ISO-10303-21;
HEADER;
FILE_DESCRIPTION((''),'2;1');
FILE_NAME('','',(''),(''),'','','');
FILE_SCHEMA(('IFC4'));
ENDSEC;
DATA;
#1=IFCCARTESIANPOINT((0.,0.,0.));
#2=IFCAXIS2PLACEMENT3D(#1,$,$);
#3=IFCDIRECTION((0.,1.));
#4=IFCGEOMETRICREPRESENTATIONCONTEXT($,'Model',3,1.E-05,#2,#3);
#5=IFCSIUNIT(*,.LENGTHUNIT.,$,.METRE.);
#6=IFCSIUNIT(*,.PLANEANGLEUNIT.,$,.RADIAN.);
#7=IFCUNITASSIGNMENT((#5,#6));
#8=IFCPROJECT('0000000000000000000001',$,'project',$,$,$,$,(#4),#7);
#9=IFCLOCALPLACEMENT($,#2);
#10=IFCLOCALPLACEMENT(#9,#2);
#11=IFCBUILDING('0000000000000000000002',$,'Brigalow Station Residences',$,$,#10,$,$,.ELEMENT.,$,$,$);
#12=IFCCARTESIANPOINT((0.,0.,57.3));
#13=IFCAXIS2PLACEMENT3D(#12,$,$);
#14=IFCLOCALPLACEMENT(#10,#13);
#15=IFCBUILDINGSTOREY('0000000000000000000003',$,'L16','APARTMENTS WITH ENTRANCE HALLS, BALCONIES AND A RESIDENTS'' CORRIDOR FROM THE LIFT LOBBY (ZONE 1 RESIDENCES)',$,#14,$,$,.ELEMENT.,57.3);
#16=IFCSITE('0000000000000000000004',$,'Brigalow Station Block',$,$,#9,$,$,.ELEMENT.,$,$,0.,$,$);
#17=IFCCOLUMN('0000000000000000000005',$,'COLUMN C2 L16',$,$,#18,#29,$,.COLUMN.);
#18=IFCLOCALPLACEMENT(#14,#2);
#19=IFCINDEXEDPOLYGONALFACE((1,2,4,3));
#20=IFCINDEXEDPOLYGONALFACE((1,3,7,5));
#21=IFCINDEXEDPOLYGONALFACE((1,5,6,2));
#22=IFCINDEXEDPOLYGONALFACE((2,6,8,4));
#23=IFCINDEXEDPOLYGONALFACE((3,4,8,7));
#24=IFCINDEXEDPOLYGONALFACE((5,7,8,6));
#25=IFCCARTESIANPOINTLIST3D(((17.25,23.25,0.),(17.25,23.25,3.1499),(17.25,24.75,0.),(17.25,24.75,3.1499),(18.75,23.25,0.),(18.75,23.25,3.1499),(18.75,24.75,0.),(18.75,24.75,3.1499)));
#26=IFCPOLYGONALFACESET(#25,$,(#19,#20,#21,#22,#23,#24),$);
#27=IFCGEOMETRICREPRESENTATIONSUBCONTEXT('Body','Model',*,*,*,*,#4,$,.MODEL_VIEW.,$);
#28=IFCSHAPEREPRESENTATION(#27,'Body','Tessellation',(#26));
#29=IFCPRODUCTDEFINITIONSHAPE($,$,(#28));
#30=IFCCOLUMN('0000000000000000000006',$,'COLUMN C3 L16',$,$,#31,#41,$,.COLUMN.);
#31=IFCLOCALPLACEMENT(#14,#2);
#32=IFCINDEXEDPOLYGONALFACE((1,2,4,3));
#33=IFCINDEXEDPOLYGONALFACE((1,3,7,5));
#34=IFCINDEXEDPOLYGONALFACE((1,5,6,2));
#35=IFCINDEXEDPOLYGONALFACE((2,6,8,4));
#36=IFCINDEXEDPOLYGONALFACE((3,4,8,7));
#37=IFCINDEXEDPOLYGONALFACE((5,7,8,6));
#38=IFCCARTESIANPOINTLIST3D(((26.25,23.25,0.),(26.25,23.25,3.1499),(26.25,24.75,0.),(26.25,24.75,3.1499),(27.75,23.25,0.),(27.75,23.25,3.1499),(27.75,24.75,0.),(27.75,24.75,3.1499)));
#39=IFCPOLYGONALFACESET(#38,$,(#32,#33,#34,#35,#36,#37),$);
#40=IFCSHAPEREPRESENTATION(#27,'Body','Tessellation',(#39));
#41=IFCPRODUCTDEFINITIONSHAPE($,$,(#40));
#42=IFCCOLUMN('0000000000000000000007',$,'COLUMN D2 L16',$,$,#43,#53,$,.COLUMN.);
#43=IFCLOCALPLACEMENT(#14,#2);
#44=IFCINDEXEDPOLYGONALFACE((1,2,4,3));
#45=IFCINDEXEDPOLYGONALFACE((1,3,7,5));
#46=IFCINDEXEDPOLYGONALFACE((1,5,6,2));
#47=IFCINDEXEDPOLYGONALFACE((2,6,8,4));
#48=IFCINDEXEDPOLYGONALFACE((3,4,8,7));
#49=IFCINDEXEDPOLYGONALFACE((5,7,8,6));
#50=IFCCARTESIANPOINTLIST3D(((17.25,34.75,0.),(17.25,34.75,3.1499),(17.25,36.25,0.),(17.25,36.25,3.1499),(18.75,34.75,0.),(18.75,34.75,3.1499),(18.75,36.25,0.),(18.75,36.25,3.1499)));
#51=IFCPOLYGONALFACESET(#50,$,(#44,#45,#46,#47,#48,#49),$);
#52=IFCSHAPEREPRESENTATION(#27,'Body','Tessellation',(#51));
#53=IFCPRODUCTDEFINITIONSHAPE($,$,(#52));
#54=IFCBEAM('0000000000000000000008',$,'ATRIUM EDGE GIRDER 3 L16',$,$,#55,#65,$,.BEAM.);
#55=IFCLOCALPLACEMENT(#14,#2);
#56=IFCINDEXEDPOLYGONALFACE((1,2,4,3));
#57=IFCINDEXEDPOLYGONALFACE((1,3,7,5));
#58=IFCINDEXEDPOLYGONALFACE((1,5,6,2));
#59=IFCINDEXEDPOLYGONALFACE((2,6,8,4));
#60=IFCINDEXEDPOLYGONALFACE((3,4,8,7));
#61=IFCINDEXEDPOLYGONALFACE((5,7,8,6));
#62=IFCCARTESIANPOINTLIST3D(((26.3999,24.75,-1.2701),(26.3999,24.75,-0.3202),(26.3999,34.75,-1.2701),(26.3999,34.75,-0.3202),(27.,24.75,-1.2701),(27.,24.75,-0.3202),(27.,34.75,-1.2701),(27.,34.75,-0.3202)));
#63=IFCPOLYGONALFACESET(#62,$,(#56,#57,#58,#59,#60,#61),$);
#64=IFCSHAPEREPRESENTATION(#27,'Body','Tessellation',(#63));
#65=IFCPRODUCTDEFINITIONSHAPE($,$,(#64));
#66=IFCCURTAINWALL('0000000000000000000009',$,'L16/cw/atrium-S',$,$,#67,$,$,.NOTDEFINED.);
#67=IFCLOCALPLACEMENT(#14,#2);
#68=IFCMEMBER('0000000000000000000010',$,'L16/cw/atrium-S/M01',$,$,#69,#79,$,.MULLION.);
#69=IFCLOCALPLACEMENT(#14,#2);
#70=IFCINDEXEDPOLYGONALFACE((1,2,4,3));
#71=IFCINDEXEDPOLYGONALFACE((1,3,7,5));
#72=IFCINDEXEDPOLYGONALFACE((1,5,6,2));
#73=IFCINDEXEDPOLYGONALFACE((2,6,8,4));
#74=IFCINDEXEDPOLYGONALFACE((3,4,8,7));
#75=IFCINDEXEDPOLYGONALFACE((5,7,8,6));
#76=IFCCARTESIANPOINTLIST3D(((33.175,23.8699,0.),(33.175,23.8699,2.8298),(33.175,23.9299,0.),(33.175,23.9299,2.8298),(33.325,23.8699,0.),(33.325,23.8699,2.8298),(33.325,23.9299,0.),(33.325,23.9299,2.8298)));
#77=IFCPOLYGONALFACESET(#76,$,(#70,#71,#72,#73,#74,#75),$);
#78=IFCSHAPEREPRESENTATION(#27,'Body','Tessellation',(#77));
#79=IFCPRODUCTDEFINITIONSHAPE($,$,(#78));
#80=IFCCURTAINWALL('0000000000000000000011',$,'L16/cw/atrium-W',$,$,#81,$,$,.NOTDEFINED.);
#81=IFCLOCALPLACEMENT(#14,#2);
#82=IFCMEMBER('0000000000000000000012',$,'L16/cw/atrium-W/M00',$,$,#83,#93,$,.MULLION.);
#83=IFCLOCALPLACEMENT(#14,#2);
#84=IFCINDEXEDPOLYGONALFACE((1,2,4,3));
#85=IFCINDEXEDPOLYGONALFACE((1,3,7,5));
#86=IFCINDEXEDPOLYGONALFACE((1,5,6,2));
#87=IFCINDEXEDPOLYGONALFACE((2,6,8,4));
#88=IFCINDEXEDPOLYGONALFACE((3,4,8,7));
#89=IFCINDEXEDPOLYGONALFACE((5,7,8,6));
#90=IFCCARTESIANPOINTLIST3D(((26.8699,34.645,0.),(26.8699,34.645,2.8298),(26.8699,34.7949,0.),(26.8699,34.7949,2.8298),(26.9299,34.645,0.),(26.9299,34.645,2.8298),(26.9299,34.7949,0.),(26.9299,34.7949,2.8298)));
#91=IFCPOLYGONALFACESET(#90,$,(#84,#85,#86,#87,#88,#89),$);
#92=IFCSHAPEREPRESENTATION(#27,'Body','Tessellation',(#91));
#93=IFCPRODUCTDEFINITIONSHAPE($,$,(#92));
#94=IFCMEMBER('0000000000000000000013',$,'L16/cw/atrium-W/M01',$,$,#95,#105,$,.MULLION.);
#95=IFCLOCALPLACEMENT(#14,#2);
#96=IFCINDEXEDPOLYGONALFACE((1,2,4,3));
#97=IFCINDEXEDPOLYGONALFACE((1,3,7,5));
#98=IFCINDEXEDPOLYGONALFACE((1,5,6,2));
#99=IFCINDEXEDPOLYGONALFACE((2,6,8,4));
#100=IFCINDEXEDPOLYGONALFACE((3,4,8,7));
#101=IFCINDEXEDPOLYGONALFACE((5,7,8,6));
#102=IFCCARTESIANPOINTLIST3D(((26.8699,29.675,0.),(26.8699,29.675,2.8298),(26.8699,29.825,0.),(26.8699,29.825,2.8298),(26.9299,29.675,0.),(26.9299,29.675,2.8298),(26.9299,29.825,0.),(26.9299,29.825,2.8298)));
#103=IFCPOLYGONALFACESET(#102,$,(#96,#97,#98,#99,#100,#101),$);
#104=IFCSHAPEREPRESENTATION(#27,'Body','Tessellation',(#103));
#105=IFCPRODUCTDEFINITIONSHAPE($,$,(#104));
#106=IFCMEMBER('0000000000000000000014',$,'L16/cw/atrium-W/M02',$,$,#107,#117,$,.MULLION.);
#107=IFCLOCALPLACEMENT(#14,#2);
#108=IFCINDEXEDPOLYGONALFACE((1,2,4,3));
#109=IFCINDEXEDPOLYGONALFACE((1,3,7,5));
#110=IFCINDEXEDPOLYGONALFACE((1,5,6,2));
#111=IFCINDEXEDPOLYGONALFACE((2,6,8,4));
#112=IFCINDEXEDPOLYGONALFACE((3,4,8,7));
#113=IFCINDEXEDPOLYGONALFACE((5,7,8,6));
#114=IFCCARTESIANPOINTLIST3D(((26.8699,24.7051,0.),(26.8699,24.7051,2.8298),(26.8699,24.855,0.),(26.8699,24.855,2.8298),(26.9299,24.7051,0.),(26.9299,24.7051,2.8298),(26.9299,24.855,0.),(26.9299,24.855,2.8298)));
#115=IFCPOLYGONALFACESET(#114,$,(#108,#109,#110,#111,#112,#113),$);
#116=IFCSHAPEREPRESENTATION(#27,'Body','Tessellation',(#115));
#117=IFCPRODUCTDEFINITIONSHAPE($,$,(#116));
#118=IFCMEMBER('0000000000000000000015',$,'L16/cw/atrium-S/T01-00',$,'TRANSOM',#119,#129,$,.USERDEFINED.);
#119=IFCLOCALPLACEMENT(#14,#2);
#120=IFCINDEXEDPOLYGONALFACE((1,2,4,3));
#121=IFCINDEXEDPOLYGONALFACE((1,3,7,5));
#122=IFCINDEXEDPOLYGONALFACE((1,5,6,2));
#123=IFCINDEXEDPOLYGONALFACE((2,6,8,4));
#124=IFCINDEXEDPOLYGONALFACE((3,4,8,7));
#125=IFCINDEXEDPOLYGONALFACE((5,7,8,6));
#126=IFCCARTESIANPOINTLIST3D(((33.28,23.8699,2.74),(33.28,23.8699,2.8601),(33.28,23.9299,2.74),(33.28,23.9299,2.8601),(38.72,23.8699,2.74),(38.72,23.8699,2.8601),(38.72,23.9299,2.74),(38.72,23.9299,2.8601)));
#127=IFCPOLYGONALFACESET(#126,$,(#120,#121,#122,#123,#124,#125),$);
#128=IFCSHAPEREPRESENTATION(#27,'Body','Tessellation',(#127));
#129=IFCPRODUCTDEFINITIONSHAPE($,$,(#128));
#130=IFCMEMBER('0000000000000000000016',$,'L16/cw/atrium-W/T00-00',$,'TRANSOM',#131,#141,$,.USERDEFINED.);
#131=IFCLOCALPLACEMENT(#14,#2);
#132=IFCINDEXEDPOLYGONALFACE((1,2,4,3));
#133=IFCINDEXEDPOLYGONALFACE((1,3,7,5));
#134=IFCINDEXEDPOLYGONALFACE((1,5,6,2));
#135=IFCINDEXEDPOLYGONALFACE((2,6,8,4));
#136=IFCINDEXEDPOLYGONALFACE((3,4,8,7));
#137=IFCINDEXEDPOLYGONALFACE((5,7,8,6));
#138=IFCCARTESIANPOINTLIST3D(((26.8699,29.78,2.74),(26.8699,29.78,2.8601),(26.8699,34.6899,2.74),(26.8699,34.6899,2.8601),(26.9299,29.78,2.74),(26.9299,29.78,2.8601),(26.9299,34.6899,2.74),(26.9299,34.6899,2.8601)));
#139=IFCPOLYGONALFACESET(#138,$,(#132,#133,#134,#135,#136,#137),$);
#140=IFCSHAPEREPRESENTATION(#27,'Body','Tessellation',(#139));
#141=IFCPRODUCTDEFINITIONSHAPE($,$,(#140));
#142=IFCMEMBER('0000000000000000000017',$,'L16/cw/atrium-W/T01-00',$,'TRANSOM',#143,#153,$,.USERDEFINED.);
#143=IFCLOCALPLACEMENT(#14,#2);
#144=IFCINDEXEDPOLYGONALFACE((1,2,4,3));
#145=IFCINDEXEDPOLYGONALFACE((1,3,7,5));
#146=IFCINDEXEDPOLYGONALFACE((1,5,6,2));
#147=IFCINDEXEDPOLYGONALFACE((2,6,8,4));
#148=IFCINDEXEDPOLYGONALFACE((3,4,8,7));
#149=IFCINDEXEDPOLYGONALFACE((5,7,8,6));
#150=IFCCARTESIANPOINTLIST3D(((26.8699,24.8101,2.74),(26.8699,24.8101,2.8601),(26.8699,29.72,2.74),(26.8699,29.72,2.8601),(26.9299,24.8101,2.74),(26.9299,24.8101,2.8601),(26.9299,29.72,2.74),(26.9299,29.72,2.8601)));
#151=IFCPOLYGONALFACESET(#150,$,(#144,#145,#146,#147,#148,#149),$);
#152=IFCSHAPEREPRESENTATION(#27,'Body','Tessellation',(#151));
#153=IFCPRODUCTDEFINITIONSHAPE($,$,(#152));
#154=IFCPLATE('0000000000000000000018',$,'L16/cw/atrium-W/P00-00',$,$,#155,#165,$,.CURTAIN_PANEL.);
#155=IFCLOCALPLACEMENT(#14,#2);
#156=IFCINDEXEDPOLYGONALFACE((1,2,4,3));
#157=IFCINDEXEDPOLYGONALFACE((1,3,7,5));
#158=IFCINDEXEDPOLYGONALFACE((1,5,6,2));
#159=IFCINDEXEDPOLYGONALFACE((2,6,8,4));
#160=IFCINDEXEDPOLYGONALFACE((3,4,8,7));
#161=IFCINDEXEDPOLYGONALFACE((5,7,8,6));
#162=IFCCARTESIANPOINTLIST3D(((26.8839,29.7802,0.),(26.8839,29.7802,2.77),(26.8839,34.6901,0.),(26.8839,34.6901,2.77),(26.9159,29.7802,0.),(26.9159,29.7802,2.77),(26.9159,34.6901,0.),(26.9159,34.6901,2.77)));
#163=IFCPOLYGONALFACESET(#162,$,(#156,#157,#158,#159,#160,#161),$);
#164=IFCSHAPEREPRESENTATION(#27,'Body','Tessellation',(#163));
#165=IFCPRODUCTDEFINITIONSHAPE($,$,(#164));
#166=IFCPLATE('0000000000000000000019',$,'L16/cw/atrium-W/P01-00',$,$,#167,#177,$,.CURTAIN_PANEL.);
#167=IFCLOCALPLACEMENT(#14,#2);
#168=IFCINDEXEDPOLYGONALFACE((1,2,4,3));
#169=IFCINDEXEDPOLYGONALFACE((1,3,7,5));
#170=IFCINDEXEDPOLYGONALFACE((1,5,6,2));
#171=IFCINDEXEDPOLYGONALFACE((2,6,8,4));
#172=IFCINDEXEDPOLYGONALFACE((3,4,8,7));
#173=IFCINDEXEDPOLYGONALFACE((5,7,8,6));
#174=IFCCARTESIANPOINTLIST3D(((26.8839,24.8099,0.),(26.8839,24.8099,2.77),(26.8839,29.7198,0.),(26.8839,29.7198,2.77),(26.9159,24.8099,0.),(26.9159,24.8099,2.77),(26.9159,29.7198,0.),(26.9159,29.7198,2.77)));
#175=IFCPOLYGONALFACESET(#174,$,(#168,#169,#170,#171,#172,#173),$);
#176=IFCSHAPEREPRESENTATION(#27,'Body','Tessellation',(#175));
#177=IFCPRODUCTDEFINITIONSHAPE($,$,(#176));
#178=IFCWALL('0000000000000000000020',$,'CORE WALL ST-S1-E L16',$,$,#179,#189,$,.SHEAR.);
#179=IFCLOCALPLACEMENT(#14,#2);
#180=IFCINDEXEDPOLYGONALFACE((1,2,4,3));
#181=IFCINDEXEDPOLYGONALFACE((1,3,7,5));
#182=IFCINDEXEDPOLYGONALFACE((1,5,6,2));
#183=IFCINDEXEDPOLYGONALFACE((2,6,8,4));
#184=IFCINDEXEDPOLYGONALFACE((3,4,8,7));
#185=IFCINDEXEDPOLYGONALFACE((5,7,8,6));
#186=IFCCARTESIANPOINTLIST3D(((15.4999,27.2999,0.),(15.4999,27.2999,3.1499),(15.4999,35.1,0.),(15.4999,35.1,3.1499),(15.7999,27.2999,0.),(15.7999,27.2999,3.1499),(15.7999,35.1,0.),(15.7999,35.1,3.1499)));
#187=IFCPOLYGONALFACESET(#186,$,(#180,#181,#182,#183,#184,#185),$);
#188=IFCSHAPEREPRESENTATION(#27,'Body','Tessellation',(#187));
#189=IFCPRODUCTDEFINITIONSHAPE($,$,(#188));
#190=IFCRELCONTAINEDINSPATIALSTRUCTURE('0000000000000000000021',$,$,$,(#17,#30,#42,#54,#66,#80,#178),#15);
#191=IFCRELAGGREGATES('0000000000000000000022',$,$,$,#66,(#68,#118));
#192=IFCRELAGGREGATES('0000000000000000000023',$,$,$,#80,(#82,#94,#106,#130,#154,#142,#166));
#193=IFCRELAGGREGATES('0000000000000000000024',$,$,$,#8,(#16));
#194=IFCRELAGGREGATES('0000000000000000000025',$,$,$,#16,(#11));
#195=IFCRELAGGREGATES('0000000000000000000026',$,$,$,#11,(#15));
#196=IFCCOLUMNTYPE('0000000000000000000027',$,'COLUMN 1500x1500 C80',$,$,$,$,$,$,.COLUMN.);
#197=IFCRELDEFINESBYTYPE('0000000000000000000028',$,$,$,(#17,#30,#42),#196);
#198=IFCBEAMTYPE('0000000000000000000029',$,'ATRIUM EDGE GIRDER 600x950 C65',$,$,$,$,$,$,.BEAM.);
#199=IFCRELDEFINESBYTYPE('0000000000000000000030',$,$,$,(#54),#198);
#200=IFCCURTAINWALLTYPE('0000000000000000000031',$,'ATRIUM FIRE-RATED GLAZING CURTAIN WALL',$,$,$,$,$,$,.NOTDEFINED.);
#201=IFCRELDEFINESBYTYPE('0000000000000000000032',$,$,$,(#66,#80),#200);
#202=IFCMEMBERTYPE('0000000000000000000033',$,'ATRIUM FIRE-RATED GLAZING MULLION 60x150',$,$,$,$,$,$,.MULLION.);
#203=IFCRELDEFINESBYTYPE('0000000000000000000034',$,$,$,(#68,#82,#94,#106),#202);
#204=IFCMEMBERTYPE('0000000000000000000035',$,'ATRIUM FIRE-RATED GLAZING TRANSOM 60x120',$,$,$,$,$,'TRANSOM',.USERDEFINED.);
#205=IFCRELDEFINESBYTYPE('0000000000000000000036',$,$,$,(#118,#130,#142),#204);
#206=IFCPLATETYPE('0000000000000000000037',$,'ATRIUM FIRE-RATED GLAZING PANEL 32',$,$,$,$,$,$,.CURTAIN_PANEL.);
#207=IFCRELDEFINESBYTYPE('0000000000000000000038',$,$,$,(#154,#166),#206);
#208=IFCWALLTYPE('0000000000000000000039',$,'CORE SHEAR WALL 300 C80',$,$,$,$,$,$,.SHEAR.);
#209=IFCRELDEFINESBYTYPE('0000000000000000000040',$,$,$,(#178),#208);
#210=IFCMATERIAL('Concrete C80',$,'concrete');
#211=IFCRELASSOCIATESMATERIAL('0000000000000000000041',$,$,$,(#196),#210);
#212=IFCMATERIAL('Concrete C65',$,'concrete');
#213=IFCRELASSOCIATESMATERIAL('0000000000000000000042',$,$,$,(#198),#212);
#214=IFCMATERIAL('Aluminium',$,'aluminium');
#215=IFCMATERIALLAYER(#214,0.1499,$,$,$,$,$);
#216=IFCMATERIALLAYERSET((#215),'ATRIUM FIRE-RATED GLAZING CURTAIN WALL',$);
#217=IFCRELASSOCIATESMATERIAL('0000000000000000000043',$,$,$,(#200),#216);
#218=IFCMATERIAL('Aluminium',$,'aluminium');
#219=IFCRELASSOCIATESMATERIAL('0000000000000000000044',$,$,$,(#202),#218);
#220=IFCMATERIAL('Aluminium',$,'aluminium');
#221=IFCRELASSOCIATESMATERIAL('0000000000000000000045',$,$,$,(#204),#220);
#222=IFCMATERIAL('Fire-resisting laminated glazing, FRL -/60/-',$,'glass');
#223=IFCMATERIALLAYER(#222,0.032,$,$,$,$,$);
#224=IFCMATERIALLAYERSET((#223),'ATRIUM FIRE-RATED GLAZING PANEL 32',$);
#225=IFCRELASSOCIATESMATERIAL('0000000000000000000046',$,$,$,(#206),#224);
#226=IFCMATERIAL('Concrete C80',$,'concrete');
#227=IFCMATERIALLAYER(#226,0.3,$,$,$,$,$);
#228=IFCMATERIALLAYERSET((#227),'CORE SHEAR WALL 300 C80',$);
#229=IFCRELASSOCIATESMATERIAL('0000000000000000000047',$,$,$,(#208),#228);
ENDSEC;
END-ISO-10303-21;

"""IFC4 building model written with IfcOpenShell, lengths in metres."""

from ifc_helpers import new_model, si_unit, direction, frame, frame_2d, origin, origin_2d, place, context, subcontext, project, spatial, rectangle, extrude, material, layer, layer_set, material_profile, profile_set, type_object, element, aggregate, save


model = new_model("IFC4")

# Units and contexts
model_context = context("Model", 3, precision=1e-05, world=origin(), true_north=direction((0.0, 1.0)))
body_context = subcontext(model_context, "Body", "Model", "MODEL_VIEW")
ifc_project = project(units=[si_unit("LENGTHUNIT", "METRE"), si_unit("PLANEANGLEUNIT", "RADIAN")], contexts=[model_context])

# Site, building, storey
site_placement = place(None, origin())
site = spatial("IfcSite", under=ifc_project, at=site_placement, Name="Brigalow Station Block", CompositionType="ELEMENT", RefElevation=0.0)
building_placement = place(site_placement, origin())
building = spatial("IfcBuilding", under=site, at=building_placement, Name="Brigalow Station Residences", CompositionType="ELEMENT")
storey_placement = place(building_placement, frame((0.0, 0.0, 57.3)))
storey = spatial("IfcBuildingStorey", under=building, at=storey_placement, Name="L16", Description="APARTMENTS WITH ENTRANCE HALLS, BALCONIES AND A RESIDENTS' CORRIDOR FROM THE LIFT LOBBY (ZONE 1 RESIDENCES)", CompositionType="ELEMENT", Elevation=57.3)

# Columns
ifc_material_1 = material(Name="Concrete C80", Category="concrete")
ifc_material_profile_1 = material_profile(ifc_material_1, rectangle(XDim=1.5, YDim=1.5, at=origin_2d()), Name="RC1500x1500")
ifc_profile_set_1 = profile_set([ifc_material_profile_1], Name="Concrete C80")
column_type = type_object("IfcColumnType", Name="COLUMN 1500x1500 C80", PredefinedType="COLUMN", material=ifc_profile_set_1)
for number, where, z_axis, x_axis, name in (
    (1, (18.0, 24.0, 0.0), (0.0, 0.0, 1.0), (1.0, 0.0, 0.0), "COLUMN C2 L16"),
    (2, (27.0, 24.0, 0.0), (0.0, 0.0, 1.0), (1.0, 0.0, 0.0), "COLUMN C3 L16"),
    (3, (18.0, 35.5, 0.0), (0.0, 0.0, 1.0), (1.0, 0.0, 0.0), "COLUMN D2 L16"),
):
    element("IfcColumn", number, at=place(storey_placement, frame(where, z_axis=z_axis, x_axis=x_axis)), inside=storey, type_object=column_type, Name=name, PredefinedType="COLUMN", context=body_context, shape_type="SweptSolid", body=[
        extrude(rectangle(XDim=1.5, YDim=1.5, at=origin_2d()), origin(), (0.0, 0.0, 1.0), 3.1499),
    ])

# Beam
ifc_material_2 = material(Name="Concrete C65", Category="concrete")
ifc_material_profile_2 = material_profile(ifc_material_2, rectangle(XDim=0.6001, YDim=0.95, at=origin_2d()), Name="RC600x950")
ifc_profile_set_2 = profile_set([ifc_material_profile_2], Name="Concrete C65")
beam_type = type_object("IfcBeamType", Name="ATRIUM EDGE GIRDER 600x950 C65", PredefinedType="BEAM", material=ifc_profile_set_2)
beam_placement = place(storey_placement, frame((26.7, 24.75, -0.7952), z_axis=(0.0, 1.0, 0.0), x_axis=(-1.0, 0.0, 0.0)))
element("IfcBeam", 4, at=beam_placement, inside=storey, type_object=beam_type, Name="ATRIUM EDGE GIRDER 3 L16", PredefinedType="BEAM", context=body_context, shape_type="SweptSolid", body=[
    extrude(rectangle(XDim=0.6001, YDim=0.95, at=origin_2d()), origin(), (0.0, 0.0, 1.0), 10.0),
])

# Curtain wall, member
ifc_material_3 = material(Name="Aluminium", Category="aluminium")
ifc_layer_1 = layer(ifc_material_3, 0.1499)
ifc_layer_set_1 = layer_set([ifc_layer_1], Name="ATRIUM FIRE-RATED GLAZING CURTAIN WALL")
curtain_wall_type = type_object("IfcCurtainWallType", Name="ATRIUM FIRE-RATED GLAZING CURTAIN WALL", PredefinedType="NOTDEFINED", material=ifc_layer_set_1)
curtain_wall_1_placement = place(storey_placement, origin())
curtain_wall_1 = element("IfcCurtainWall", 5, at=curtain_wall_1_placement, inside=storey, type_object=curtain_wall_type, Name="L16/cw/atrium-S", PredefinedType="NOTDEFINED")
ifc_material_4 = material(Name="Aluminium", Category="aluminium")
ifc_material_profile_3 = material_profile(ifc_material_4, rectangle(XDim=0.0601, YDim=0.1499, at=origin_2d()), Name="ATRIUM FIRE-RATED GLAZING MULLION 60x150")
ifc_profile_set_3 = profile_set([ifc_material_profile_3], Name="Aluminium")
member_type_1 = type_object("IfcMemberType", Name="ATRIUM FIRE-RATED GLAZING MULLION 60x150", PredefinedType="MULLION", material=ifc_profile_set_3)
member_1_placement = place(storey_placement, frame((33.25, 23.8999, 0.0), z_axis=(0.0, 0.0, 1.0), x_axis=(0.0, 1.0, 0.0)))
member_1 = element("IfcMember", 6, at=member_1_placement, type_object=member_type_1, Name="L16/cw/atrium-S/M01", PredefinedType="MULLION", context=body_context, shape_type="SweptSolid", body=[
    extrude(rectangle(XDim=0.0601, YDim=0.1499, at=origin_2d()), origin(), (0.0, 0.0, 1.0), 2.8298),
])

# Curtain wall, members
curtain_wall_2_placement = place(storey_placement, origin())
curtain_wall_2 = element("IfcCurtainWall", 7, at=curtain_wall_2_placement, inside=storey, type_object=curtain_wall_type, Name="L16/cw/atrium-W", PredefinedType="NOTDEFINED")
member_2_placement = place(storey_placement, frame((26.8999, 34.72, 0.0), z_axis=(0.0, 0.0, 1.0), x_axis=(1.0, 0.0, 0.0)))
member_2 = element("IfcMember", 8, at=member_2_placement, type_object=member_type_1, Name="L16/cw/atrium-W/M00", PredefinedType="MULLION", context=body_context, shape_type="SweptSolid", body=[
    extrude(rectangle(XDim=0.0601, YDim=0.1499, at=origin_2d()), origin(), (0.0, 0.0, 1.0), 2.8298),
])
member_3_placement = place(storey_placement, frame((26.8999, 29.75, 0.0), z_axis=(0.0, 0.0, 1.0), x_axis=(1.0, 0.0, 0.0)))
member_3 = element("IfcMember", 9, at=member_3_placement, type_object=member_type_1, Name="L16/cw/atrium-W/M01", PredefinedType="MULLION", context=body_context, shape_type="SweptSolid", body=[
    extrude(rectangle(XDim=0.0601, YDim=0.1499, at=origin_2d()), origin(), (0.0, 0.0, 1.0), 2.8298),
])
member_4_placement = place(storey_placement, frame((26.8999, 24.78, 0.0), z_axis=(0.0, 0.0, 1.0), x_axis=(1.0, 0.0, 0.0)))
member_4 = element("IfcMember", 10, at=member_4_placement, type_object=member_type_1, Name="L16/cw/atrium-W/M02", PredefinedType="MULLION", context=body_context, shape_type="SweptSolid", body=[
    extrude(rectangle(XDim=0.0601, YDim=0.1499, at=origin_2d()), origin(), (0.0, 0.0, 1.0), 2.8298),
])

# Members
ifc_material_5 = material(Name="Aluminium", Category="aluminium")
ifc_material_profile_4 = material_profile(ifc_material_5, rectangle(XDim=0.0601, YDim=0.1201, at=origin_2d()), Name="ATRIUM FIRE-RATED GLAZING TRANSOM 60x120")
ifc_profile_set_4 = profile_set([ifc_material_profile_4], Name="Aluminium")
member_type_2 = type_object("IfcMemberType", Name="ATRIUM FIRE-RATED GLAZING TRANSOM 60x120", ElementType="TRANSOM", PredefinedType="USERDEFINED", material=ifc_profile_set_4)
member_5_placement = place(storey_placement, frame((33.28, 23.8999, 2.8), z_axis=(1.0, 0.0, 0.0), x_axis=(0.0, 1.0, 0.0)))
member_5 = element("IfcMember", 11, at=member_5_placement, type_object=member_type_2, Name="L16/cw/atrium-S/T01-00", ObjectType="TRANSOM", PredefinedType="USERDEFINED", context=body_context, shape_type="SweptSolid", body=[
    extrude(rectangle(XDim=0.0601, YDim=0.1201, at=origin_2d()), origin(), (0.0, 0.0, 1.0), 5.4399),
])
aggregate(curtain_wall_1, [member_1, member_5])
member_6_placement = place(storey_placement, frame((26.8999, 34.6899, 2.8), z_axis=(0.0, -1.0, 0.0), x_axis=(1.0, 0.0, 0.0)))
member_6 = element("IfcMember", 12, at=member_6_placement, type_object=member_type_2, Name="L16/cw/atrium-W/T00-00", ObjectType="TRANSOM", PredefinedType="USERDEFINED", context=body_context, shape_type="SweptSolid", body=[
    extrude(rectangle(XDim=0.0601, YDim=0.1201, at=origin_2d()), origin(), (0.0, 0.0, 1.0), 4.9099),
])
member_7_placement = place(storey_placement, frame((26.8999, 29.72, 2.8), z_axis=(0.0, -1.0, 0.0), x_axis=(1.0, 0.0, 0.0)))
member_7 = element("IfcMember", 13, at=member_7_placement, type_object=member_type_2, Name="L16/cw/atrium-W/T01-00", ObjectType="TRANSOM", PredefinedType="USERDEFINED", context=body_context, shape_type="SweptSolid", body=[
    extrude(rectangle(XDim=0.0601, YDim=0.1201, at=origin_2d()), origin(), (0.0, 0.0, 1.0), 4.9099),
])

# Plates
ifc_material_6 = material(Name="Fire-resisting laminated glazing, FRL -/60/-", Category="glass")
ifc_layer_2 = layer(ifc_material_6, 0.032)
ifc_layer_set_2 = layer_set([ifc_layer_2], Name="ATRIUM FIRE-RATED GLAZING PANEL 32")
plate_type = type_object("IfcPlateType", Name="ATRIUM FIRE-RATED GLAZING PANEL 32", PredefinedType="CURTAIN_PANEL", material=ifc_layer_set_2)
plate_1_placement = place(storey_placement, frame((26.8999, 32.2351, 0.0), z_axis=(0.0, 0.0, 1.0), x_axis=(0.0, -1.0, 0.0)))
plate_1 = element("IfcPlate", 14, at=plate_1_placement, type_object=plate_type, Name="L16/cw/atrium-W/P00-00", PredefinedType="CURTAIN_PANEL", context=body_context, shape_type="SweptSolid", body=[
    extrude(rectangle(XDim=4.9099, YDim=0.032, at=origin_2d()), origin(), (0.0, 0.0, 1.0), 2.77),
])
plate_2_placement = place(storey_placement, frame((26.8999, 27.2649, 0.0), z_axis=(0.0, 0.0, 1.0), x_axis=(0.0, -1.0, 0.0)))
plate_2 = element("IfcPlate", 15, at=plate_2_placement, type_object=plate_type, Name="L16/cw/atrium-W/P01-00", PredefinedType="CURTAIN_PANEL", context=body_context, shape_type="SweptSolid", body=[
    extrude(rectangle(XDim=4.9099, YDim=0.032, at=origin_2d()), origin(), (0.0, 0.0, 1.0), 2.77),
])
aggregate(curtain_wall_2, [member_2, member_3, member_4, member_6, plate_1, member_7, plate_2])

# Wall
ifc_material_7 = material(Name="Concrete C80", Category="concrete")
ifc_layer_3 = layer(ifc_material_7, 0.3)
ifc_layer_set_3 = layer_set([ifc_layer_3], Name="CORE SHEAR WALL 300 C80")
wall_type_1 = type_object("IfcWallType", Name="CORE SHEAR WALL 300 C80", PredefinedType="SHEAR", material=ifc_layer_set_3)
wall_1_placement = place(storey_placement, frame((15.6499, 27.3, 0.0), z_axis=(0.0, 0.0, 1.0), x_axis=(0.0, 1.0, 0.0)))
element("IfcWall", 16, at=wall_1_placement, inside=storey, type_object=wall_type_1, Name="CORE WALL ST-S1-E L16", PredefinedType="SHEAR", context=body_context, shape_type="SweptSolid", body=[
    extrude(rectangle(XDim=7.8, YDim=0.3, at=frame_2d((3.8999, 0.0))), origin(), (0.0, 0.0, 1.0), 3.1499),
])

save(model, "model.ifc")
